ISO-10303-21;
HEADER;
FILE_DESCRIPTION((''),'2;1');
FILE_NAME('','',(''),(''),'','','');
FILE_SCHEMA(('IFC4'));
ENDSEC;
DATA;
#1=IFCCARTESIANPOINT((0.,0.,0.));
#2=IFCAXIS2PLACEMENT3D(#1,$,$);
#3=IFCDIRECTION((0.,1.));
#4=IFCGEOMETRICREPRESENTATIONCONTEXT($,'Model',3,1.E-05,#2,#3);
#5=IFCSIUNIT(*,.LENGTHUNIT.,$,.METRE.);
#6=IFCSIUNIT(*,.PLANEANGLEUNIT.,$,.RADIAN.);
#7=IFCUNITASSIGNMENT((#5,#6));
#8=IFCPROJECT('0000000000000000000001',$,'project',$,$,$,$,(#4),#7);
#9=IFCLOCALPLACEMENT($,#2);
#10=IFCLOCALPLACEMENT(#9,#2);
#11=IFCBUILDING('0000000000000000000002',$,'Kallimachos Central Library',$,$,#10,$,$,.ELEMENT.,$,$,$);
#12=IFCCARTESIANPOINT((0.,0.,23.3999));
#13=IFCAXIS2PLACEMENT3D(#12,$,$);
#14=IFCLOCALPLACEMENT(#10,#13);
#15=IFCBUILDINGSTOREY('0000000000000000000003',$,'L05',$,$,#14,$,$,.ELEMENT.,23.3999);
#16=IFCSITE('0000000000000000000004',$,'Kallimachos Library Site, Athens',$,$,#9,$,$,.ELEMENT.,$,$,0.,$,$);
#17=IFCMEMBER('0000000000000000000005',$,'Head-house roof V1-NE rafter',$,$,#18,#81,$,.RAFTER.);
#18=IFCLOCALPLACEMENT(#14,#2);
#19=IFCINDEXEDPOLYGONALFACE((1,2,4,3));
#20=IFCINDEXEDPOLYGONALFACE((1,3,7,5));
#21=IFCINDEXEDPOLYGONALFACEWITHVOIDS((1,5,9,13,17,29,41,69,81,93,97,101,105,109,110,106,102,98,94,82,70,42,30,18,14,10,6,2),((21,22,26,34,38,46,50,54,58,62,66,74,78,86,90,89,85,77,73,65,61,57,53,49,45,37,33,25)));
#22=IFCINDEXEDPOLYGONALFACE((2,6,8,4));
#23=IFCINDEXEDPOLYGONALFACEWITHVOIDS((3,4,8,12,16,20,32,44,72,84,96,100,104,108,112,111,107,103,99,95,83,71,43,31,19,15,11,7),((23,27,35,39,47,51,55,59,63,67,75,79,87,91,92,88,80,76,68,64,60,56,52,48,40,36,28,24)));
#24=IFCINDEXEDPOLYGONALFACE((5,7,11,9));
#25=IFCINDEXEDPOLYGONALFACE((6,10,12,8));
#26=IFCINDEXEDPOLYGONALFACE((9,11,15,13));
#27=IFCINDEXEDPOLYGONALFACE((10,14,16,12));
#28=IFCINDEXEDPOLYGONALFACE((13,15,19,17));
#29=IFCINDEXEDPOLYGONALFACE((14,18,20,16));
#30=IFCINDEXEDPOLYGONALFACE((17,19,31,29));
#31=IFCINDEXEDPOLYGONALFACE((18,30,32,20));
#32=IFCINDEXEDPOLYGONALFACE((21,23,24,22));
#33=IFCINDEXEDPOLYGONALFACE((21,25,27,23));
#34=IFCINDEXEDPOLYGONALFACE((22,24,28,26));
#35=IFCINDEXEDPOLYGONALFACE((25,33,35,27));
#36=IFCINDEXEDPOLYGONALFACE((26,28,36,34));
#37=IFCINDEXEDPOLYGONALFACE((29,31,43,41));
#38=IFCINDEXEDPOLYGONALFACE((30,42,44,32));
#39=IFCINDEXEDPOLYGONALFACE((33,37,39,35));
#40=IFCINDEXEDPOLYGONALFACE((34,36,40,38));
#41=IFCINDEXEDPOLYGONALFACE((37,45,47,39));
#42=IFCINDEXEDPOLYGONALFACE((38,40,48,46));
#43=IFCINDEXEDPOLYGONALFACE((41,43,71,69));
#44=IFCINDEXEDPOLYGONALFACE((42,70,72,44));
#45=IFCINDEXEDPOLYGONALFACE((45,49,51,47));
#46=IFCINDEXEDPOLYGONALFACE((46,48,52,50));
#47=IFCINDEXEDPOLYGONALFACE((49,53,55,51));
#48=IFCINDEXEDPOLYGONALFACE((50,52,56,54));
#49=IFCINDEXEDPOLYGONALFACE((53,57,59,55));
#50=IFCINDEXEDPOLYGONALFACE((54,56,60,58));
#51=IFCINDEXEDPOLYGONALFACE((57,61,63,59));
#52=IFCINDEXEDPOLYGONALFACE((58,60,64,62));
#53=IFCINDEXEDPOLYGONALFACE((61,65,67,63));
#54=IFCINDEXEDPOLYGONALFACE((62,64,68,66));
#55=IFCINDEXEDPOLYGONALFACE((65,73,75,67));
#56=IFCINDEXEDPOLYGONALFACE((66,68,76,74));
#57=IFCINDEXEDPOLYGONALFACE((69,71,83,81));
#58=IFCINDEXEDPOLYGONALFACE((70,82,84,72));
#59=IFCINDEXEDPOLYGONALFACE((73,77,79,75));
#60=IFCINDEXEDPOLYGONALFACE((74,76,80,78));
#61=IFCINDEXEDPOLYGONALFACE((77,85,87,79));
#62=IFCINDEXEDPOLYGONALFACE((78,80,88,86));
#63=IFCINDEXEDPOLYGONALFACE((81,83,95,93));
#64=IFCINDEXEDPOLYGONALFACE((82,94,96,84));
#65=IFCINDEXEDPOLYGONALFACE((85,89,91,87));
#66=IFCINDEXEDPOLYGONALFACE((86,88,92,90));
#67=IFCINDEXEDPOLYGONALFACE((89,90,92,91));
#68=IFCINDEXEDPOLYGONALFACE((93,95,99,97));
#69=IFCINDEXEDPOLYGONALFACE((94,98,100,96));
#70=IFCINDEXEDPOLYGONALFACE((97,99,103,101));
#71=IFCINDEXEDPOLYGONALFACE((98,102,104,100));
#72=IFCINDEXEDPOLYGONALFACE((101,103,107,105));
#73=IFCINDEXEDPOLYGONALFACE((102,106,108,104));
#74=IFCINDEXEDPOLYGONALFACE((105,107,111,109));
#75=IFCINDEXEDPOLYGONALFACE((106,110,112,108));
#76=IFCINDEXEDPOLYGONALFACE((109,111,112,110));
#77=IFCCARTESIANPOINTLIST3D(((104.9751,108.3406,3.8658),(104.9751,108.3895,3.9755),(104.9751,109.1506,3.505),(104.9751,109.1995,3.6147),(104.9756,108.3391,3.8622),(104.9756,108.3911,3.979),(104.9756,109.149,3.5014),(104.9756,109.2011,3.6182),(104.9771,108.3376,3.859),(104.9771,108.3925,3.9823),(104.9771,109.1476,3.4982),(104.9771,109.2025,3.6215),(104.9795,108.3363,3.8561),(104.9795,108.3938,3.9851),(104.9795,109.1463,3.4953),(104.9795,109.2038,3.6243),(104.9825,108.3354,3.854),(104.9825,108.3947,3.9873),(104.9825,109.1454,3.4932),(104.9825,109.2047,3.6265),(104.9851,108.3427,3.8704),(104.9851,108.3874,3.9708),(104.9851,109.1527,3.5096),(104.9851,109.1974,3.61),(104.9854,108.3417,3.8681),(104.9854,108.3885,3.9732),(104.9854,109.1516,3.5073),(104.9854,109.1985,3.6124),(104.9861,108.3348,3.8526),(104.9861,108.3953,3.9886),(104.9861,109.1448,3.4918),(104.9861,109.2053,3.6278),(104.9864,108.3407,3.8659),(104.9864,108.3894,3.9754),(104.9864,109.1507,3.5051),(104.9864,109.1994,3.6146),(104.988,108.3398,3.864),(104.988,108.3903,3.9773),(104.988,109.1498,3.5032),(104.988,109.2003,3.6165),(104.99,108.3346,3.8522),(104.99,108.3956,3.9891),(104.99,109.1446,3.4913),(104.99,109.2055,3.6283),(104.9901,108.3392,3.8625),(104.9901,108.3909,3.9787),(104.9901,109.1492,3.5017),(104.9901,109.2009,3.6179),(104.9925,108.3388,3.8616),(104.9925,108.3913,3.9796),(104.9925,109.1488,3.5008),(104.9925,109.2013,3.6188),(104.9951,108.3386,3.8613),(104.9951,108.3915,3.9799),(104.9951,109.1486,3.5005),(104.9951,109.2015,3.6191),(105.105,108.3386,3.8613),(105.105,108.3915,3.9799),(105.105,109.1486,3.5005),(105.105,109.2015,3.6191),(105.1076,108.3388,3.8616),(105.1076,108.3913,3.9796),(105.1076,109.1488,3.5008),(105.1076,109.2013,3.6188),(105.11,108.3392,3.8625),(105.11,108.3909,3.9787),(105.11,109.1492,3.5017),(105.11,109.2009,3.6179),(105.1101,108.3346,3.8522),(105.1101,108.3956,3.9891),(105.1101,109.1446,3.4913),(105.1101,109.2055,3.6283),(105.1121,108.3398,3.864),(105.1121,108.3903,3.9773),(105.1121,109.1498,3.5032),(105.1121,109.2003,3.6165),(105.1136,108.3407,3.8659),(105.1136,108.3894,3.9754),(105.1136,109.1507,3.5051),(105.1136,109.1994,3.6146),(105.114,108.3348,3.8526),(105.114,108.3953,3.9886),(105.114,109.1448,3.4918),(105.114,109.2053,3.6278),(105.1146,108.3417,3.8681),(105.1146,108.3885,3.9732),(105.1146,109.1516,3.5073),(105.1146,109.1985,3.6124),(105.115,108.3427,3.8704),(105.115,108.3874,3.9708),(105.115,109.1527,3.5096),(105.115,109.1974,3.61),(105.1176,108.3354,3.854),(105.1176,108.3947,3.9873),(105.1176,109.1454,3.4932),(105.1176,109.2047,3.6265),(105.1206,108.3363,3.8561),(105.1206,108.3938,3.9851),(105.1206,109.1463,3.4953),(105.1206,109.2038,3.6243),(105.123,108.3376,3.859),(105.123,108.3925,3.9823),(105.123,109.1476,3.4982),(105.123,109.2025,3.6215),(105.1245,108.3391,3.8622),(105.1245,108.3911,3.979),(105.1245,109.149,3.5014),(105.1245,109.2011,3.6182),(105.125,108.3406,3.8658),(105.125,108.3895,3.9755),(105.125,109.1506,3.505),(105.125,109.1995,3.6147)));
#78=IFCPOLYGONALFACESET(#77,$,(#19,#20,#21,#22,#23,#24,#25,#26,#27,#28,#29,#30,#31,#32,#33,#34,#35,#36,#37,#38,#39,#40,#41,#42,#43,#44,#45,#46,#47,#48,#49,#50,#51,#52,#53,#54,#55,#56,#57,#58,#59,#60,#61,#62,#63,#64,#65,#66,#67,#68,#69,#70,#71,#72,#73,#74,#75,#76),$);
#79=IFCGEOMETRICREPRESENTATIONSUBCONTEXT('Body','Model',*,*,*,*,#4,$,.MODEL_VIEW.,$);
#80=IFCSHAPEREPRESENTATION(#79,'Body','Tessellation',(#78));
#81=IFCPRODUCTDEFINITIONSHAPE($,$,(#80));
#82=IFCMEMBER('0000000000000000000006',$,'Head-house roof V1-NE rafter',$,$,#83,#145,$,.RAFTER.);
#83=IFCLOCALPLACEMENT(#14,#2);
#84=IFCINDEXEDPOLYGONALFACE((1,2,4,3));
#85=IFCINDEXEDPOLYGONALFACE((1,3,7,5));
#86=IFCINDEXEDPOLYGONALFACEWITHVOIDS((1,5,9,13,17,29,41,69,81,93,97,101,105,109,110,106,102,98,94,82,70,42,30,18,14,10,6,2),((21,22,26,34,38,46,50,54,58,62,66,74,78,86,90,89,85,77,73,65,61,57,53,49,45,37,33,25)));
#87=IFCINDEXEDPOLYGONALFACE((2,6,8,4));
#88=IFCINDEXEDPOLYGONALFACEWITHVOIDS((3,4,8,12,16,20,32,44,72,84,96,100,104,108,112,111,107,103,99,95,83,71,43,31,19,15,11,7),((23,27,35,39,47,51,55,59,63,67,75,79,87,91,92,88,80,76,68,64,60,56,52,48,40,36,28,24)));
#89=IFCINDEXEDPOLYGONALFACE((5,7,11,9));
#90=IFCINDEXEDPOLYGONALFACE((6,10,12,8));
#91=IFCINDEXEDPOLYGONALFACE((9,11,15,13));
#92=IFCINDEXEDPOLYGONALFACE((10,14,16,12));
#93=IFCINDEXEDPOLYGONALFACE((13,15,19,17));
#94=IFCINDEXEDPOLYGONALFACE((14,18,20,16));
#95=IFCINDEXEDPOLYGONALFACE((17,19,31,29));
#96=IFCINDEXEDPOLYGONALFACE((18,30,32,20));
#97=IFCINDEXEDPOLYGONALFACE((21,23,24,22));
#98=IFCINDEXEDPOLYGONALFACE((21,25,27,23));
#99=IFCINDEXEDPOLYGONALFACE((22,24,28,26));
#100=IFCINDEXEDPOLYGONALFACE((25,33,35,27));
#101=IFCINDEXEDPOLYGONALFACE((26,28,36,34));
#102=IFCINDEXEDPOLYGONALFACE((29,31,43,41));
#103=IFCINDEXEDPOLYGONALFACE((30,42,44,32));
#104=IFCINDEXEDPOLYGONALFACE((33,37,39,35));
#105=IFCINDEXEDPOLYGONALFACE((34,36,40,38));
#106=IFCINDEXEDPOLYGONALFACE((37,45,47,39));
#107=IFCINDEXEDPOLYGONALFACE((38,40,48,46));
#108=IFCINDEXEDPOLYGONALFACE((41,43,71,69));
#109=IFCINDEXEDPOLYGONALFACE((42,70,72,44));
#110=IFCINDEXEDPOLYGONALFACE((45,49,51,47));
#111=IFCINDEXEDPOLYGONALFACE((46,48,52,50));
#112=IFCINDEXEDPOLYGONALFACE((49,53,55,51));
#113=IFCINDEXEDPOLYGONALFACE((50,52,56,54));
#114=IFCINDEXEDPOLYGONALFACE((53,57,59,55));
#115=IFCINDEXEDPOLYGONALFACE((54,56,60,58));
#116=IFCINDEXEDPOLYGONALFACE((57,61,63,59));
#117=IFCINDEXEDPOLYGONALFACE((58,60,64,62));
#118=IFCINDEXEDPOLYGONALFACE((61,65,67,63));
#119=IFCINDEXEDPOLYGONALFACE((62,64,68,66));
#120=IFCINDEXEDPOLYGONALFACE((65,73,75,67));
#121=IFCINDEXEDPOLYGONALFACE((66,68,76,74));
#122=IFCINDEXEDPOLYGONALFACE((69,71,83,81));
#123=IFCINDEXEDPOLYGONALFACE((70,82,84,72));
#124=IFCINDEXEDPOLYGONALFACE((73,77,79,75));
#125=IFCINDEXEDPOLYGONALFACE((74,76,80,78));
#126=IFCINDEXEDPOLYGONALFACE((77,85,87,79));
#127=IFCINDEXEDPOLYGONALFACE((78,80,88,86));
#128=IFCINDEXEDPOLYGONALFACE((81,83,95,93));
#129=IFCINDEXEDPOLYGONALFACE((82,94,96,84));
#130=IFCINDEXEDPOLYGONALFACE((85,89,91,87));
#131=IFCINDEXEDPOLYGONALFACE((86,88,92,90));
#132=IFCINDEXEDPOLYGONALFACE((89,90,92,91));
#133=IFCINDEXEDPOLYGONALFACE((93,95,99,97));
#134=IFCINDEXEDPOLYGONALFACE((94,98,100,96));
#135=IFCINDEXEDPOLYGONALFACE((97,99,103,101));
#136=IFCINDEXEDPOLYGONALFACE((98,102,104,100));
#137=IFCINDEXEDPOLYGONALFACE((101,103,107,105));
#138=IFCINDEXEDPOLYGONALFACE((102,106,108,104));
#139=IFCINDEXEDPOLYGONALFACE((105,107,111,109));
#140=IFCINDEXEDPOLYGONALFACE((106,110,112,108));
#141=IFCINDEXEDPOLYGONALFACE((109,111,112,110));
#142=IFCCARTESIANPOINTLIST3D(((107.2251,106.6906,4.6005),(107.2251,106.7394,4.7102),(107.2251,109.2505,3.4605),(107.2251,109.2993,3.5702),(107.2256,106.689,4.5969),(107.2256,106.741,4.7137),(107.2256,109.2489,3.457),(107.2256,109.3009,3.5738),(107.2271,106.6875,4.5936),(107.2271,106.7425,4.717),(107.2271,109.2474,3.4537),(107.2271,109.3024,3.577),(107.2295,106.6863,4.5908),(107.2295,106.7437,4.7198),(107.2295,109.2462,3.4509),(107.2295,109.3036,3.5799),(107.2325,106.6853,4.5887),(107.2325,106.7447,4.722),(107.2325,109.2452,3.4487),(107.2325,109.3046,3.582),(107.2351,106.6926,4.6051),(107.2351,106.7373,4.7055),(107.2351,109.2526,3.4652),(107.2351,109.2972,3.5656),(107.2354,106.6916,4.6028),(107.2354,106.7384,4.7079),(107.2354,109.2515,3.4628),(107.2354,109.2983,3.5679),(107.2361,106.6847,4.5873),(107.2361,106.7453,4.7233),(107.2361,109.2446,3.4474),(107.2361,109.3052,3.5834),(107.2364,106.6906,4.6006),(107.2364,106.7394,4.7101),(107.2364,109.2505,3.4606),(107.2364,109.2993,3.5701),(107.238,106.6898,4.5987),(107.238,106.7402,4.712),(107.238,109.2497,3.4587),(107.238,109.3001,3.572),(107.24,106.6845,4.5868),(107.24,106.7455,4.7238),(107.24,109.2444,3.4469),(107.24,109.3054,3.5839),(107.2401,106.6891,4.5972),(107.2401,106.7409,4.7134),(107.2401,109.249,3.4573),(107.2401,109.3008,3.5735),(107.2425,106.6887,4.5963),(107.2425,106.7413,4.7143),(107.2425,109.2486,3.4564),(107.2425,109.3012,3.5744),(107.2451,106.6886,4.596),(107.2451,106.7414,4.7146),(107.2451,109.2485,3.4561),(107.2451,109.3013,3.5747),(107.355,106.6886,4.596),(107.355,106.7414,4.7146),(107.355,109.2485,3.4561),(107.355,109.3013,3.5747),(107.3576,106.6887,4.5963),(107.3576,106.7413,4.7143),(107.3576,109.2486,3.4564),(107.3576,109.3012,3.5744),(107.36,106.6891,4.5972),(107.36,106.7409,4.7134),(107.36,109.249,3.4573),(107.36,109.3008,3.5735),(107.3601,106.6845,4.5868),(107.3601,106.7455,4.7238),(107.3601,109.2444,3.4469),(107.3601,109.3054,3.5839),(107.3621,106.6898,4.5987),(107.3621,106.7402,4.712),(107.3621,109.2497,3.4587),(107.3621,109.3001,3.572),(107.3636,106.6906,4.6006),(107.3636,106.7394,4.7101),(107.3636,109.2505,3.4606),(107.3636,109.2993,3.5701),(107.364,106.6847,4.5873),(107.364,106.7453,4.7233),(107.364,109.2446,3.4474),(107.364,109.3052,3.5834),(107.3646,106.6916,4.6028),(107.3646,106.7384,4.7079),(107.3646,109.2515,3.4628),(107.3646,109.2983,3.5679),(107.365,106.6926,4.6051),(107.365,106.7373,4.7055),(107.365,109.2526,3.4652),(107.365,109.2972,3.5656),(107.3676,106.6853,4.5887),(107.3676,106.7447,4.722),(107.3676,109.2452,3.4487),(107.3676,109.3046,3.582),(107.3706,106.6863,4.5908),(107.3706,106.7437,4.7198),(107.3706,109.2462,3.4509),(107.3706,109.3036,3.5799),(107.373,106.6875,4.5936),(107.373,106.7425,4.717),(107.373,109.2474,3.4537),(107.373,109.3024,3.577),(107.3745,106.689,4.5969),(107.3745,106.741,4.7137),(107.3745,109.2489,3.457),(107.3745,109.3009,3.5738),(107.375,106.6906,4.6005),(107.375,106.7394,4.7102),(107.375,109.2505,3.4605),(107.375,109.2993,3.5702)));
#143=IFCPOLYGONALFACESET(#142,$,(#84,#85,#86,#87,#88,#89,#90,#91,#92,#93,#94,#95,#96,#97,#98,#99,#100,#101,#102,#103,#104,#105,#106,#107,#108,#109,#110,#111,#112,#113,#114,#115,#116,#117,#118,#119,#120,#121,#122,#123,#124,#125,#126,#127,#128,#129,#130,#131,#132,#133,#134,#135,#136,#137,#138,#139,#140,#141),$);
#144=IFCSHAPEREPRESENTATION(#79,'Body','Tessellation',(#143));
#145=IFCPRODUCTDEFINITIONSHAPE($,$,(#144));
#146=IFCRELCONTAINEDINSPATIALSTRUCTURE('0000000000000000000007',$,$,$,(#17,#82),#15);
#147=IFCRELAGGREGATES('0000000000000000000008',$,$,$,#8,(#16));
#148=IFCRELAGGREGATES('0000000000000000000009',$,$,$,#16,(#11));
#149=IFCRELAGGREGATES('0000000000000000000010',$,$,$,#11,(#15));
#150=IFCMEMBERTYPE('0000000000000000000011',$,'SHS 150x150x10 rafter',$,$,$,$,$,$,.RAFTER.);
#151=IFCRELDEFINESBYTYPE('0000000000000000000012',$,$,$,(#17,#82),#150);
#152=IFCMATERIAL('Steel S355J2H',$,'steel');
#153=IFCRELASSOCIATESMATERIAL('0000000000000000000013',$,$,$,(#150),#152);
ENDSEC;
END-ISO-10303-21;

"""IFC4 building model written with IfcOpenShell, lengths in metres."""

from ifc_helpers import new_model, si_unit, direction, frame, origin, origin_2d, place, context, subcontext, project, spatial, hollow_rectangle, extrude, material, material_profile, profile_set, type_object, element, save


model = new_model("IFC4")

# Units and contexts
model_context = context("Model", 3, precision=1e-05, world=origin(), true_north=direction((0.0, 1.0)))
body_context = subcontext(model_context, "Body", "Model", "MODEL_VIEW")
ifc_project = project(units=[si_unit("LENGTHUNIT", "METRE"), si_unit("PLANEANGLEUNIT", "RADIAN")], contexts=[model_context])

# Site, building, storey
site_placement = place(None, origin())
site = spatial("IfcSite", under=ifc_project, at=site_placement, Name="Kallimachos Library Site, Athens", CompositionType="ELEMENT", RefElevation=0.0)
building_placement = place(site_placement, origin())
building = spatial("IfcBuilding", under=site, at=building_placement, Name="Kallimachos Central Library", CompositionType="ELEMENT")
storey_placement = place(building_placement, frame((0.0, 0.0, 23.3999)))
storey = spatial("IfcBuildingStorey", under=building, at=storey_placement, Name="L05", CompositionType="ELEMENT", Elevation=23.3999)

# Members
ifc_material_1 = material(Name="Steel S355J2H", Category="steel")
ifc_material_profile_1 = material_profile(ifc_material_1, hollow_rectangle(XDim=0.1499, YDim=0.1499, WallThickness=0.01, InnerFilletRadius=0.01, OuterFilletRadius=0.0149, at=origin_2d()), Name="SHS 150x150x10")
ifc_profile_set_1 = profile_set([ifc_material_profile_1], Name="Steel S355J2H")
member_type_1 = type_object("IfcMemberType", Name="SHS 150x150x10 rafter", PredefinedType="RAFTER", material=ifc_profile_set_1)
member_1_placement = place(storey_placement, frame((105.05, 109.175, 3.5598), z_axis=(0.0, -0.913471, 0.406905), x_axis=(1.0, 0.0, 0.0)))
element("IfcMember", 1, at=member_1_placement, inside=storey, type_object=member_type_1, Name="Head-house roof V1-NE rafter", PredefinedType="RAFTER", context=body_context, shape_type="SweptSolid", body=[
    extrude(hollow_rectangle(XDim=0.1499, YDim=0.1499, WallThickness=0.01, InnerFilletRadius=0.01, OuterFilletRadius=0.0149, at=origin_2d()), origin(), (0.0, 0.0, 1.0), 0.8867),
])
for number, where, z_axis, x_axis, name in (
    (2, (107.3, 109.2749, 3.5154), (0.0, -0.91352, 0.406793), (1.0, 0.0, 0.0), "Head-house roof V1-NE rafter"),
):
    element("IfcMember", number, at=place(storey_placement, frame(where, z_axis=z_axis, x_axis=x_axis)), inside=storey, type_object=member_type_1, Name=name, PredefinedType="RAFTER", context=body_context, shape_type="SweptSolid", body=[
        extrude(hollow_rectangle(XDim=0.1499, YDim=0.1499, WallThickness=0.01, InnerFilletRadius=0.01, OuterFilletRadius=0.0149, at=origin_2d()), origin(), (0.0, 0.0, 1.0), 2.8022),
    ])

save(model, "model.ifc")
